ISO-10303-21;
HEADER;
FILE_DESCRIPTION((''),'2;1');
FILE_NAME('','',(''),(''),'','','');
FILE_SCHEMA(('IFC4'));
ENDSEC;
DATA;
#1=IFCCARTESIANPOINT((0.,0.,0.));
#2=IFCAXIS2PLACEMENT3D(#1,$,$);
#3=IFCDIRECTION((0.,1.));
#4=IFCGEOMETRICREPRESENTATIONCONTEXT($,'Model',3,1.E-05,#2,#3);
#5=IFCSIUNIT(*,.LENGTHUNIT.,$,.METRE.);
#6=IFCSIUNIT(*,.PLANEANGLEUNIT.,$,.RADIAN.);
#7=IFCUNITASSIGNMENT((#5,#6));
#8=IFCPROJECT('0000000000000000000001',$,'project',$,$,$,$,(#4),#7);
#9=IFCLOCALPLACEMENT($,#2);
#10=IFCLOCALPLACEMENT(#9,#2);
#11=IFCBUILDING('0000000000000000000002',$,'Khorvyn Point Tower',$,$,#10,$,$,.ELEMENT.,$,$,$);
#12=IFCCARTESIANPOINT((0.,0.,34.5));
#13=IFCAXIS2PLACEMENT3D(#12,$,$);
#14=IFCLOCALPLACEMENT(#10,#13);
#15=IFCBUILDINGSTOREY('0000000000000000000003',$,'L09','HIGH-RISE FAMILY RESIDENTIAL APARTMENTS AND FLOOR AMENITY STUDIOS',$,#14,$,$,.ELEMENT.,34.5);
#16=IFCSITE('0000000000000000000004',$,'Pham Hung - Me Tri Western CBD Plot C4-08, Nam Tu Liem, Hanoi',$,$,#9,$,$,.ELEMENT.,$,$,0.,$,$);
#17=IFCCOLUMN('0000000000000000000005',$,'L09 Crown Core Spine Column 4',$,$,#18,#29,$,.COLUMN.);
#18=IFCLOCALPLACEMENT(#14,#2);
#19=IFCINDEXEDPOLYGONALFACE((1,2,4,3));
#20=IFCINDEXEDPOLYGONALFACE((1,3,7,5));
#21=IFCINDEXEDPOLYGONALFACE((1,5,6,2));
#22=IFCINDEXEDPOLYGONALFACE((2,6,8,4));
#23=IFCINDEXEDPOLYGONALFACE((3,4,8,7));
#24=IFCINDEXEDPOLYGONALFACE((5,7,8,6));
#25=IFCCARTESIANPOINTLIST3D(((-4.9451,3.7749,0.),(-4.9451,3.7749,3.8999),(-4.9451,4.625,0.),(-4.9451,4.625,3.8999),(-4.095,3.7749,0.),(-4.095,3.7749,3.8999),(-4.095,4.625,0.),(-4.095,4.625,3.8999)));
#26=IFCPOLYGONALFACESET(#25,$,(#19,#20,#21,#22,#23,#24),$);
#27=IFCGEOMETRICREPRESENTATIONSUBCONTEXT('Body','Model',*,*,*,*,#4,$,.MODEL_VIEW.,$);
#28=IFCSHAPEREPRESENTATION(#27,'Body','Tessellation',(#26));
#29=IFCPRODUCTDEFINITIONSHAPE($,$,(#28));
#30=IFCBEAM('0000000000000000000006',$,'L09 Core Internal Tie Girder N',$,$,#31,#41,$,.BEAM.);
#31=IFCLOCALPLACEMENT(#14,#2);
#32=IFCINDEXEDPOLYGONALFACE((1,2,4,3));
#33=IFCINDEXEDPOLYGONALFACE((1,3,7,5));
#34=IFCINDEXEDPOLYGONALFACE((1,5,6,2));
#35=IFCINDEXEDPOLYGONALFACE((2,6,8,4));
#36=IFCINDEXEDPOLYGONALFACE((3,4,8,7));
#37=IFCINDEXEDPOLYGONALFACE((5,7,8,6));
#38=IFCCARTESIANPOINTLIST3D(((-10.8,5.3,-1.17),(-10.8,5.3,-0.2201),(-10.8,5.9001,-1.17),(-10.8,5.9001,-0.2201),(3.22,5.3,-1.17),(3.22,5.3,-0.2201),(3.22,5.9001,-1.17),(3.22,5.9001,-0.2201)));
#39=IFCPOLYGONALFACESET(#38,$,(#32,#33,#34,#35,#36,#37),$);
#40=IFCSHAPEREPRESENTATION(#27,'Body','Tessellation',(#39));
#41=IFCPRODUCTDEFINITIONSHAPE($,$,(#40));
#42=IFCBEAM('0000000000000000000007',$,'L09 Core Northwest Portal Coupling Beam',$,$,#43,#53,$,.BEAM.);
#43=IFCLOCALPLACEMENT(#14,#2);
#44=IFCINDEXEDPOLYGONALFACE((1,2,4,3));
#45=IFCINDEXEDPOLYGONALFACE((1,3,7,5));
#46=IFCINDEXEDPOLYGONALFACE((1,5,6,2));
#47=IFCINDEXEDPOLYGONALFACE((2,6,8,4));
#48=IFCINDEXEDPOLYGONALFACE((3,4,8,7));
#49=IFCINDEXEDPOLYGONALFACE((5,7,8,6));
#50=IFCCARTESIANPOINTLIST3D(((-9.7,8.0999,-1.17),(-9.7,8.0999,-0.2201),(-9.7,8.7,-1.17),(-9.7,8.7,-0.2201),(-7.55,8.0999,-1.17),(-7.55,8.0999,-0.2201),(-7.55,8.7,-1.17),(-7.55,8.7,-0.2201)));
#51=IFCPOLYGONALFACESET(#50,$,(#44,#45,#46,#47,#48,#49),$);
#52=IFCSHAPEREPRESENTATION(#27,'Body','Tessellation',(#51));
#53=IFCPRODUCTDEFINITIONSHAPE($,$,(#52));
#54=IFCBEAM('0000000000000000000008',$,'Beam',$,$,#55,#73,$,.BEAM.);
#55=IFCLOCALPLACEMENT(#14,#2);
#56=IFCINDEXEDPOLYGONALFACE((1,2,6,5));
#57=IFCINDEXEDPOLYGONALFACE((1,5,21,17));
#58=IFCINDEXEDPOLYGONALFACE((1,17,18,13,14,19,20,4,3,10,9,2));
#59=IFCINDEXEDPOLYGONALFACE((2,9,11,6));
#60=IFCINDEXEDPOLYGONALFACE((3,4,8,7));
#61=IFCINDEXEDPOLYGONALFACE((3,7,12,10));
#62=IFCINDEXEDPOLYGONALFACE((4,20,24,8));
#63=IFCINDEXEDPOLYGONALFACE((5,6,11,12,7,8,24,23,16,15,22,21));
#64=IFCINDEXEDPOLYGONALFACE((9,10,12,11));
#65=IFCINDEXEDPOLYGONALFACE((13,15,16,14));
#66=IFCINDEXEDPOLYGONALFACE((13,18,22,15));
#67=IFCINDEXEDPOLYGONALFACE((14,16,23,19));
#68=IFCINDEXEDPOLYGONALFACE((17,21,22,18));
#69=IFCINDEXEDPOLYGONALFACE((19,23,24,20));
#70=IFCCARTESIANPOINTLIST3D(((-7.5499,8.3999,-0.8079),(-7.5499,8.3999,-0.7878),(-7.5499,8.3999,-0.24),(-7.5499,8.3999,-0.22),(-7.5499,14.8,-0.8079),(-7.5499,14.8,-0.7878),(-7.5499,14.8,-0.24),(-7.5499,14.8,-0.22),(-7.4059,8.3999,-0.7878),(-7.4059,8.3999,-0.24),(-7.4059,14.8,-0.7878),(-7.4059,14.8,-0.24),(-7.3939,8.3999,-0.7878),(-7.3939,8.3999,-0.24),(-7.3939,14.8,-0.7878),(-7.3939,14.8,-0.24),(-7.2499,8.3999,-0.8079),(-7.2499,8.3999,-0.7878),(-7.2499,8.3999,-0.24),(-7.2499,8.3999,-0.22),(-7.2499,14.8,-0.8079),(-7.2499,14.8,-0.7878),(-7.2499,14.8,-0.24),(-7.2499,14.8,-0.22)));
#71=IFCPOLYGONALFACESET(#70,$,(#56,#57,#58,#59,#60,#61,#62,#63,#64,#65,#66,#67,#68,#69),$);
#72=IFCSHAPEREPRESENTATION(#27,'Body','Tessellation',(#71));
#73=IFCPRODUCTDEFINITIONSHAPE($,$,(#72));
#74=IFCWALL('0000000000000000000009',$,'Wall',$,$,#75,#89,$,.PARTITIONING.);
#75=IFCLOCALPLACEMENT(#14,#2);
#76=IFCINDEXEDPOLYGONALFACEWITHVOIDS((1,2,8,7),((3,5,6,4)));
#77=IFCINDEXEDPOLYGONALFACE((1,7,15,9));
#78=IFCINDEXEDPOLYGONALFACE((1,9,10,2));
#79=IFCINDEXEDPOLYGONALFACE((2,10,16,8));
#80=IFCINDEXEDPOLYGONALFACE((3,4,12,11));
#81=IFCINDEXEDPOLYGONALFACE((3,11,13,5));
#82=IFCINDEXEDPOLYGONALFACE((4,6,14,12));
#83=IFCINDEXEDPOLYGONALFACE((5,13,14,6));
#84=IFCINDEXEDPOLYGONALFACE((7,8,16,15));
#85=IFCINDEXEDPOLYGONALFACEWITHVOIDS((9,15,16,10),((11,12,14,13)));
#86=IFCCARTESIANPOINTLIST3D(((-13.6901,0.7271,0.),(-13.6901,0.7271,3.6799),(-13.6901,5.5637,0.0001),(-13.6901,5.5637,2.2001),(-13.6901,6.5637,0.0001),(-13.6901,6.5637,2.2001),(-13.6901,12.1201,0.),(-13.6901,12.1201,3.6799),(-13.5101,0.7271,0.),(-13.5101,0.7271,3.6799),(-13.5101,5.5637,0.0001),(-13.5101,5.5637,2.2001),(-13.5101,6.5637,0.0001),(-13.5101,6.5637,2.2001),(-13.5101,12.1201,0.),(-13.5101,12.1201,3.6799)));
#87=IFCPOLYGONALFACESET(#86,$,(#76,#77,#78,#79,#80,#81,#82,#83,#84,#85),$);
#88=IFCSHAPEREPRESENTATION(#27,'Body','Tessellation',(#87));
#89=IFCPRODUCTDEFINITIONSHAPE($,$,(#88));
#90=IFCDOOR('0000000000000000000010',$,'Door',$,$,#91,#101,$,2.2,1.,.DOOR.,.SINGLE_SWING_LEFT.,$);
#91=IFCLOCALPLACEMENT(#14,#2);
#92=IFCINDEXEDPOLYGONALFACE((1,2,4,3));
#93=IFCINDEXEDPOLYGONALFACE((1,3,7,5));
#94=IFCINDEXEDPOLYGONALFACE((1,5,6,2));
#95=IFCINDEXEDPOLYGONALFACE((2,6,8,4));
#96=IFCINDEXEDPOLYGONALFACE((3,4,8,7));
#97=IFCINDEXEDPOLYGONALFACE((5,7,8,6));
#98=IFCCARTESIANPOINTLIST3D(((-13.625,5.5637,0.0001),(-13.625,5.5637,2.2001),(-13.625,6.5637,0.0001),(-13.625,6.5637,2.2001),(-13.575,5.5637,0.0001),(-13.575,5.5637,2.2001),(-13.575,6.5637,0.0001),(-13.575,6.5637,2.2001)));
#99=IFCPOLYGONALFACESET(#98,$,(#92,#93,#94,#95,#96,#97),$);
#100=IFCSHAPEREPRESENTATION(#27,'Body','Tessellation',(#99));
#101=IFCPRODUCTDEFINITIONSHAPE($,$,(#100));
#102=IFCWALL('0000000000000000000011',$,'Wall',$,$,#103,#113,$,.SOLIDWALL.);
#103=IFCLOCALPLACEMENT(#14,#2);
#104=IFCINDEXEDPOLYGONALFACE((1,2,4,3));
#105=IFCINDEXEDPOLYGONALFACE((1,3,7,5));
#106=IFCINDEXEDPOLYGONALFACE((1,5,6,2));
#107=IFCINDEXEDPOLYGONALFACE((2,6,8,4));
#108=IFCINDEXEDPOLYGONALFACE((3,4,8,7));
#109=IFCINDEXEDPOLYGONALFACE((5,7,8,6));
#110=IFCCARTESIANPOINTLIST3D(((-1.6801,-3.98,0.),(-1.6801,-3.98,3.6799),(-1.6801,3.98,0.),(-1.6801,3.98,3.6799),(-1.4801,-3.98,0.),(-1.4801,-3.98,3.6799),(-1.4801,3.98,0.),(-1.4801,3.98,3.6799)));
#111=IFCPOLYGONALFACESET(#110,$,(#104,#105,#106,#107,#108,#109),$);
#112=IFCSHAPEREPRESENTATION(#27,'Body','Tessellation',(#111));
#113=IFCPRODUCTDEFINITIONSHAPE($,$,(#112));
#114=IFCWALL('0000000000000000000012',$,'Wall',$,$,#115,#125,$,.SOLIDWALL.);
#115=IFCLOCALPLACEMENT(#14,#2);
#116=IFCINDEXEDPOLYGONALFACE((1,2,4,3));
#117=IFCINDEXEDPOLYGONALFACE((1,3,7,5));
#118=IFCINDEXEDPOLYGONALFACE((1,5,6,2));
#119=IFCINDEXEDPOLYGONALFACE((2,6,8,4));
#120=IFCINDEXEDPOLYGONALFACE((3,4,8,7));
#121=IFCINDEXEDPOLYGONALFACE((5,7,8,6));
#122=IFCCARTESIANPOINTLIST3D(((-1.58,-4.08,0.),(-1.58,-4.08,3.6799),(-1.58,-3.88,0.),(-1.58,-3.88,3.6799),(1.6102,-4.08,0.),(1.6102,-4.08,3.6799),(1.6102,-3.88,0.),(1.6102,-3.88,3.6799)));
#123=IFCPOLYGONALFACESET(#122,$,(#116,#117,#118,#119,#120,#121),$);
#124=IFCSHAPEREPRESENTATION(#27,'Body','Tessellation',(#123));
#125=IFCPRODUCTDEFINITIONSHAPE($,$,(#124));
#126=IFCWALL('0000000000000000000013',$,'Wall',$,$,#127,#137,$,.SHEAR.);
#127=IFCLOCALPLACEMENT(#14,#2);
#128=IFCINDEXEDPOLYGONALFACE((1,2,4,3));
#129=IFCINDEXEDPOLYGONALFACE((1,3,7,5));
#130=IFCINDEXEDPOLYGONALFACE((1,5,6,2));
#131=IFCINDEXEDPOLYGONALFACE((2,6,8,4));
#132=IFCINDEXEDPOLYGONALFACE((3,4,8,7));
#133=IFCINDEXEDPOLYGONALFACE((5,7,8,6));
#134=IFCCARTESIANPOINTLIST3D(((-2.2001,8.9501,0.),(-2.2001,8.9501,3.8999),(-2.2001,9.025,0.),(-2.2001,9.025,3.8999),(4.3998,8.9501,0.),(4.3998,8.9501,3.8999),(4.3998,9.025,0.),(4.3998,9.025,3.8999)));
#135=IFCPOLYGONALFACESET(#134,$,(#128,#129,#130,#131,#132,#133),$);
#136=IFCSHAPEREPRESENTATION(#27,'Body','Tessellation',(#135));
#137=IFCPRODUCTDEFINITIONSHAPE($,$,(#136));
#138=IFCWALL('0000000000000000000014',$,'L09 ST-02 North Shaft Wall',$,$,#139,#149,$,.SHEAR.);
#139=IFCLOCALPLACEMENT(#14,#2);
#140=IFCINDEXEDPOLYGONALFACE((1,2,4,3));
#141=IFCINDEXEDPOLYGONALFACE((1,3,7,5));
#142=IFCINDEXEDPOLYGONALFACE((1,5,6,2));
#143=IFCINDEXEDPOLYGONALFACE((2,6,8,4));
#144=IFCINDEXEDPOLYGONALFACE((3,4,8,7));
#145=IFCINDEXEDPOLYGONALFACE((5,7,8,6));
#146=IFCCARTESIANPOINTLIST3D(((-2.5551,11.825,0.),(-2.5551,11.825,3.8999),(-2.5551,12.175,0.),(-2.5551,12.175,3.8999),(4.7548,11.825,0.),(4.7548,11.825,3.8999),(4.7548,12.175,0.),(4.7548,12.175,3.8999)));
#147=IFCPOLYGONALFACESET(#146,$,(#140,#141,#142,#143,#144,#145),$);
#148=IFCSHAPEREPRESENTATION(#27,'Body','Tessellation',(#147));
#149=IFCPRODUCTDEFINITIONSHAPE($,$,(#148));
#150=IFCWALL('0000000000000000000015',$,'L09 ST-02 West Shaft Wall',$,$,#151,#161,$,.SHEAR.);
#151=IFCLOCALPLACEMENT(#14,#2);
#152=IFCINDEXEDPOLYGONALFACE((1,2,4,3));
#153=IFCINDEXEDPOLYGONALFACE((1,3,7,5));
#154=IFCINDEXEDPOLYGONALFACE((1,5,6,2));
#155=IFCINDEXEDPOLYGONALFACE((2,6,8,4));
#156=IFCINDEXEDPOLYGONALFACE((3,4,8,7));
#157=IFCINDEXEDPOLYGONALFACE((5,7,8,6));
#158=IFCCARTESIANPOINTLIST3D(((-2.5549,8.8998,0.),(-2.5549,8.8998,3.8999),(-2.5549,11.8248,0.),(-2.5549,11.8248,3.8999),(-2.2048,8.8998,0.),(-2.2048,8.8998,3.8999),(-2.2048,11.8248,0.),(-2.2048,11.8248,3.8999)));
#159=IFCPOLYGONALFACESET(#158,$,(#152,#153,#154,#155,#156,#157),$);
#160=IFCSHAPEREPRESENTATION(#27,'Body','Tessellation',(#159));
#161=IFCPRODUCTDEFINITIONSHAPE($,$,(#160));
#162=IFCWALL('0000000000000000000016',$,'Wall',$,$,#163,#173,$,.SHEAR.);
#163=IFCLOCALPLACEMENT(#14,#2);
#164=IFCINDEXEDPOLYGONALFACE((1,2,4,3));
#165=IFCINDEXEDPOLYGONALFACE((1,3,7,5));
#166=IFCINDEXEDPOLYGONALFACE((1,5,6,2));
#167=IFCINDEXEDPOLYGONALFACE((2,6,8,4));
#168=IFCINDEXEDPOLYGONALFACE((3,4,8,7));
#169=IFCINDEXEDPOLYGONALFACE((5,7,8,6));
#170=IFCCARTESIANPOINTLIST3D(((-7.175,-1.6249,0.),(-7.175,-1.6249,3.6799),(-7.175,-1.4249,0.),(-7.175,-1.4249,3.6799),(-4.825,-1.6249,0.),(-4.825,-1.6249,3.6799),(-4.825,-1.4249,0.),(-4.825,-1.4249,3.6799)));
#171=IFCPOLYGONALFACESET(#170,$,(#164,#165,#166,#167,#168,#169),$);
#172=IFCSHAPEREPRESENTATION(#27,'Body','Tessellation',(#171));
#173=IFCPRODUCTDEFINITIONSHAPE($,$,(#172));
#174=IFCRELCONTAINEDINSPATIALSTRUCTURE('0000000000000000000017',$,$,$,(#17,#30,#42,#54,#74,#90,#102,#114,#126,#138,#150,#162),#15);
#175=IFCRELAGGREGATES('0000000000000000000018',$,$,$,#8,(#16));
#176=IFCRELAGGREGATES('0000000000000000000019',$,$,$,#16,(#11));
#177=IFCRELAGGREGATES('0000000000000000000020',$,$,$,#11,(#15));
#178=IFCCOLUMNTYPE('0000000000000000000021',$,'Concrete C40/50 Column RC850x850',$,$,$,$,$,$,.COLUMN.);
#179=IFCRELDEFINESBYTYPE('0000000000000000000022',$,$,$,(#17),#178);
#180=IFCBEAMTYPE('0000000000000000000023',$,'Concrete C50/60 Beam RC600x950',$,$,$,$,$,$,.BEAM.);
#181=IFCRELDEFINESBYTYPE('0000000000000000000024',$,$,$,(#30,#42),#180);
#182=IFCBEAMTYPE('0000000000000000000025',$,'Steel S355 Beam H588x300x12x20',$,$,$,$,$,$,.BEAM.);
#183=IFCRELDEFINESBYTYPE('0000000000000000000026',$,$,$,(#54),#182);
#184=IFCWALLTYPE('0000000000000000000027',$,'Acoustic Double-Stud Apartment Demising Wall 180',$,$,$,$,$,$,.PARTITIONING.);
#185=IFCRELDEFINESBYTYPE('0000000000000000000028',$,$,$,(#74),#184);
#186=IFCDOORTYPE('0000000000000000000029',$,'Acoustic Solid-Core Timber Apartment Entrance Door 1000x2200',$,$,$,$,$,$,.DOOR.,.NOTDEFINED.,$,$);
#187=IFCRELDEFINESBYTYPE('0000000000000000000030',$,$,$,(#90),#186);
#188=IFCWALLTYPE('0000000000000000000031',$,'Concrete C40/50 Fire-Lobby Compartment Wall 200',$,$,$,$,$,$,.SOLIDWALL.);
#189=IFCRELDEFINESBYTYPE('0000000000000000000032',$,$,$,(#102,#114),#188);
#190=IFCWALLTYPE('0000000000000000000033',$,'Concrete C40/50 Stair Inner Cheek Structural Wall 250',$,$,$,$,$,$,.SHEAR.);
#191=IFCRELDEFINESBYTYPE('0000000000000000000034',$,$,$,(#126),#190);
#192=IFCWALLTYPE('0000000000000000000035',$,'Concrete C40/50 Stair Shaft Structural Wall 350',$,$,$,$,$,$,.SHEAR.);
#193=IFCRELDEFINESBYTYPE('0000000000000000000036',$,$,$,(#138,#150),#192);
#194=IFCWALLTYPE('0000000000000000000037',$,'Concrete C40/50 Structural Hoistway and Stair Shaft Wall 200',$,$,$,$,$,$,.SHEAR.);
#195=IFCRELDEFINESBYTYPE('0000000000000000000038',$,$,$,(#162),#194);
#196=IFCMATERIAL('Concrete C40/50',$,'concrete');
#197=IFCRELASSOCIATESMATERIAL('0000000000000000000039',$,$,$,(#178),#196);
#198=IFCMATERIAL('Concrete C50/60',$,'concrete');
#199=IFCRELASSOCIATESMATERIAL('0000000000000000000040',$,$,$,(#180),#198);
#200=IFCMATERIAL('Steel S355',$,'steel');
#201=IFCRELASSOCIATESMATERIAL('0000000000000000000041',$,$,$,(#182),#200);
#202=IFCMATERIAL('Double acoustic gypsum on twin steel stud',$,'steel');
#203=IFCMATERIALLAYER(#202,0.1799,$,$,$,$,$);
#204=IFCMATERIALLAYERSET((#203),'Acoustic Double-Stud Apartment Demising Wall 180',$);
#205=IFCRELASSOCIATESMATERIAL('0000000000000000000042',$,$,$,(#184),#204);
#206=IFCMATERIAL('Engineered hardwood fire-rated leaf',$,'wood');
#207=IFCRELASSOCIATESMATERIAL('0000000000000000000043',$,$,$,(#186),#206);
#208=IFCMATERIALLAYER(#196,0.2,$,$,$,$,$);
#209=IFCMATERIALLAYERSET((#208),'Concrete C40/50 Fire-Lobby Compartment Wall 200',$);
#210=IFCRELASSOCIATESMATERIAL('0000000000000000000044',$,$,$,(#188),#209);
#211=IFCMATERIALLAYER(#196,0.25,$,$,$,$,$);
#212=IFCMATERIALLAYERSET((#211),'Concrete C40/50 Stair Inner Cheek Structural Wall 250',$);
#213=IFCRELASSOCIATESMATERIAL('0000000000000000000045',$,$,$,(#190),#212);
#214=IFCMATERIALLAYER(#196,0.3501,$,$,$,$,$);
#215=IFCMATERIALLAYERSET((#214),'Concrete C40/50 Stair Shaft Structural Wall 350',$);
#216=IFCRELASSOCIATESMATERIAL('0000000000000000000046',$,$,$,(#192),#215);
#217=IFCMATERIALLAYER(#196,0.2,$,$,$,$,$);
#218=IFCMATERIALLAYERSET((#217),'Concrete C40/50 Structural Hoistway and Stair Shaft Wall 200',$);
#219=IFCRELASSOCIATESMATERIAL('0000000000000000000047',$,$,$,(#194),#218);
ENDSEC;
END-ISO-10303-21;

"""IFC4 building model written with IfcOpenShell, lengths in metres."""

from ifc_helpers import new_model, si_unit, direction, frame, frame_2d, origin, origin_2d, place, context, subcontext, project, spatial, rectangle, i_section, extrude, material, layer, layer_set, material_profile, profile_set, type_object, element, fill, save


model = new_model("IFC4")

# Units and contexts
model_context = context("Model", 3, precision=1e-05, world=origin(), true_north=direction((0.0, 1.0)))
body_context = subcontext(model_context, "Body", "Model", "MODEL_VIEW")
ifc_project = project(units=[si_unit("LENGTHUNIT", "METRE"), si_unit("PLANEANGLEUNIT", "RADIAN")], contexts=[model_context])

# Site, building, storey
site_placement = place(None, origin())
site = spatial("IfcSite", under=ifc_project, at=site_placement, Name="Pham Hung - Me Tri Western CBD Plot C4-08, Nam Tu Liem, Hanoi", CompositionType="ELEMENT", RefElevation=0.0)
building_placement = place(site_placement, origin())
building = spatial("IfcBuilding", under=site, at=building_placement, Name="Khorvyn Point Tower", CompositionType="ELEMENT")
storey_placement = place(building_placement, frame((0.0, 0.0, 34.5)))
storey = spatial("IfcBuildingStorey", under=building, at=storey_placement, Name="L09", Description="HIGH-RISE FAMILY RESIDENTIAL APARTMENTS AND FLOOR AMENITY STUDIOS", CompositionType="ELEMENT", Elevation=34.5)

# Column
ifc_material_1 = material(Name="Concrete C40/50", Category="concrete")
ifc_material_profile_1 = material_profile(ifc_material_1, rectangle(XDim=0.8501, YDim=0.8501, at=origin_2d()))
ifc_profile_set_1 = profile_set([ifc_material_profile_1], Name="Concrete C40/50 RC850x850")
column_type = type_object("IfcColumnType", Name="Concrete C40/50 Column RC850x850", PredefinedType="COLUMN", material=ifc_profile_set_1)
column_placement = place(storey_placement, frame((-4.52, 4.2, 0.0), z_axis=(0.0, 0.0, 1.0), x_axis=(1.0, 0.0, 0.0)))
element("IfcColumn", 1, at=column_placement, inside=storey, type_object=column_type, Name="L09 Crown Core Spine Column 4", PredefinedType="COLUMN", context=body_context, shape_type="SweptSolid", body=[
    extrude(rectangle(XDim=0.8501, YDim=0.8501, at=origin_2d()), origin(), (0.0, 0.0, 1.0), 3.8999),
])

# Beams
ifc_material_2 = material(Name="Concrete C50/60", Category="concrete")
ifc_material_profile_2 = material_profile(ifc_material_2, rectangle(XDim=0.6001, YDim=0.95, at=origin_2d()))
ifc_profile_set_2 = profile_set([ifc_material_profile_2], Name="Concrete C50/60 RC600x950")
beam_type_1 = type_object("IfcBeamType", Name="Concrete C50/60 Beam RC600x950", PredefinedType="BEAM", material=ifc_profile_set_2)
beam_1_placement = place(storey_placement, frame((-10.8, 5.6001, -0.6951), z_axis=(1.0, 0.0, 0.0), x_axis=(0.0, 1.0, 0.0)))
element("IfcBeam", 2, at=beam_1_placement, inside=storey, type_object=beam_type_1, Name="L09 Core Internal Tie Girder N", PredefinedType="BEAM", context=body_context, shape_type="SweptSolid", body=[
    extrude(rectangle(XDim=0.6001, YDim=0.95, at=origin_2d()), origin(), (0.0, 0.0, 1.0), 14.02),
])
beam_2_placement = place(storey_placement, frame((-9.7, 8.3999, -0.6951), z_axis=(1.0, 0.0, 0.0), x_axis=(0.0, 1.0, 0.0)))
element("IfcBeam", 3, at=beam_2_placement, inside=storey, type_object=beam_type_1, Name="L09 Core Northwest Portal Coupling Beam", PredefinedType="BEAM", context=body_context, shape_type="SweptSolid", body=[
    extrude(rectangle(XDim=0.6001, YDim=0.95, at=origin_2d()), origin(), (0.0, 0.0, 1.0), 2.1499),
])
ifc_material_3 = material(Name="Steel S355", Category="steel")
ifc_material_profile_3 = material_profile(ifc_material_3, i_section(OverallWidth=0.3, OverallDepth=0.5879, WebThickness=0.012, FlangeThickness=0.02, at=origin_2d()))
ifc_profile_set_3 = profile_set([ifc_material_profile_3], Name="Steel S355 H588x300x12x20")
beam_type_2 = type_object("IfcBeamType", Name="Steel S355 Beam H588x300x12x20", PredefinedType="BEAM", material=ifc_profile_set_3)
beam_3_placement = place(storey_placement, frame((-7.3999, 8.3999, -0.5139), z_axis=(0.0, 1.0, 0.0), x_axis=(-1.0, 0.0, 0.0)))
element("IfcBeam", 4, at=beam_3_placement, inside=storey, type_object=beam_type_2, Name="Beam", PredefinedType="BEAM", context=body_context, shape_type="SweptSolid", body=[
    extrude(i_section(OverallWidth=0.3, OverallDepth=0.5879, WebThickness=0.012, FlangeThickness=0.02, at=origin_2d()), origin(), (0.0, 0.0, 1.0), 6.4001),
])

# Wall, opening, door
ifc_material_4 = material(Name="Double acoustic gypsum on twin steel stud", Category="steel")
ifc_layer_1 = layer(ifc_material_4, 0.1799)
ifc_layer_set_1 = layer_set([ifc_layer_1], Name="Acoustic Double-Stud Apartment Demising Wall 180")
wall_type_1 = type_object("IfcWallType", Name="Acoustic Double-Stud Apartment Demising Wall 180", PredefinedType="PARTITIONING", material=ifc_layer_set_1)
wall_1_placement = place(storey_placement, frame((-13.6001, 0.7271, 0.0), z_axis=(0.0, 0.0, 1.0), x_axis=(0.0, 1.0, 0.0)))
wall_1 = element("IfcWall", 5, at=wall_1_placement, inside=storey, type_object=wall_type_1, Name="Wall", PredefinedType="PARTITIONING", context=body_context, shape_type="SweptSolid", body=[
    extrude(rectangle(XDim=11.3931, YDim=0.1799, at=frame_2d((5.6965, 0.0))), origin(), (0.0, 0.0, 1.0), 3.6799),
])
opening_1_placement = place(wall_1_placement, frame((4.8367, 0.0, 0.0)))
opening_1 = element("IfcOpeningElement", 6, at=opening_1_placement, cuts=wall_1, PredefinedType="OPENING", context=body_context, shape_type="SweptSolid", body=[
    extrude(rectangle(XDim=1.0, YDim=2.2, at=frame_2d((0.5, 1.1001))), frame((0.0, 0.0999, 0.0), z_axis=(0.0, -1.0, 0.0), x_axis=(1.0, 0.0, 0.0)), (0.0, 0.0, 1.0), 0.2),
])
ifc_material_5 = material(Name="Engineered hardwood fire-rated leaf", Category="wood")
door_type_1 = type_object("IfcDoorType", Name="Acoustic Solid-Core Timber Apartment Entrance Door 1000x2200", OperationType="NOTDEFINED", PredefinedType="DOOR", material=ifc_material_5)
door_1_placement = place(opening_1_placement, origin())
door_1 = element("IfcDoor", 7, at=door_1_placement, inside=storey, type_object=door_type_1, Name="Door", OperationType="SINGLE_SWING_LEFT", OverallHeight=2.2, OverallWidth=1.0, PredefinedType="DOOR", context=body_context, shape_type="SweptSolid", body=[
    extrude(rectangle(XDim=1.0, YDim=2.2, at=frame_2d((0.5, 1.1001))), frame((0.0, 0.0249, 0.0), z_axis=(0.0, -1.0, 0.0), x_axis=(1.0, 0.0, 0.0)), (0.0, 0.0, 1.0), 0.05),
])
fill(opening_1, door_1)
ifc_layer_2 = layer(ifc_material_1, 0.2)
ifc_layer_set_2 = layer_set([ifc_layer_2], Name="Concrete C40/50 Fire-Lobby Compartment Wall 200")
wall_type_2 = type_object("IfcWallType", Name="Concrete C40/50 Fire-Lobby Compartment Wall 200", PredefinedType="SOLIDWALL", material=ifc_layer_set_2)

# Walls
wall_2_placement = place(storey_placement, frame((-1.5801, -3.98, 0.0), z_axis=(0.0, 0.0, 1.0), x_axis=(0.0, 1.0, 0.0)))
element("IfcWall", 8, at=wall_2_placement, inside=storey, type_object=wall_type_2, Name="Wall", PredefinedType="SOLIDWALL", context=body_context, shape_type="SweptSolid", body=[
    extrude(rectangle(XDim=7.96, YDim=0.2, at=frame_2d((3.98, 0.0))), origin(), (0.0, 0.0, 1.0), 3.6799),
])
wall_3_placement = place(storey_placement, frame((-1.5801, -3.98, 0.0), z_axis=(0.0, 0.0, 1.0), x_axis=(1.0, 0.0, 0.0)))
element("IfcWall", 9, at=wall_3_placement, inside=storey, type_object=wall_type_2, Name="Wall", PredefinedType="SOLIDWALL", context=body_context, shape_type="SweptSolid", body=[
    extrude(rectangle(XDim=3.1902, YDim=0.2, at=frame_2d((1.5952, 0.0))), origin(), (0.0, 0.0, 1.0), 3.6799),
])
ifc_layer_3 = layer(ifc_material_1, 0.25)
ifc_layer_set_3 = layer_set([ifc_layer_3], Name="Concrete C40/50 Stair Inner Cheek Structural Wall 250")
wall_type_3 = type_object("IfcWallType", Name="Concrete C40/50 Stair Inner Cheek Structural Wall 250", PredefinedType="SHEAR", material=ifc_layer_set_3)
wall_4_placement = place(storey_placement, frame((-2.2, 8.9875, 0.0), z_axis=(0.0, 0.0, 1.0), x_axis=(1.0, 0.0, 0.0)))
element("IfcWall", 10, at=wall_4_placement, inside=storey, type_object=wall_type_3, Name="Wall", PredefinedType="SHEAR", context=body_context, shape_type="SweptSolid", body=[
    extrude(rectangle(XDim=6.5999, YDim=0.075, at=frame_2d((3.2998, 0.0))), origin(), (0.0, 0.0, 1.0), 3.8999),
])
ifc_layer_4 = layer(ifc_material_1, 0.3501)
ifc_layer_set_4 = layer_set([ifc_layer_4], Name="Concrete C40/50 Stair Shaft Structural Wall 350")
wall_type_4 = type_object("IfcWallType", Name="Concrete C40/50 Stair Shaft Structural Wall 350", PredefinedType="SHEAR", material=ifc_layer_set_4)
wall_5_placement = place(storey_placement, frame((-2.5549, 12.0, 0.0), z_axis=(0.0, 0.0, 1.0), x_axis=(1.0, 0.0, 0.0)))
element("IfcWall", 11, at=wall_5_placement, inside=storey, type_object=wall_type_4, Name="L09 ST-02 North Shaft Wall", PredefinedType="SHEAR", context=body_context, shape_type="SweptSolid", body=[
    extrude(rectangle(XDim=7.3098, YDim=0.3501, at=frame_2d((3.6548, 0.0))), origin(), (0.0, 0.0, 1.0), 3.8999),
])
wall_6_placement = place(storey_placement, frame((-2.3799, 8.8999, 0.0), z_axis=(0.0, 0.0, 1.0), x_axis=(0.0, 1.0, 0.0)))
element("IfcWall", 12, at=wall_6_placement, inside=storey, type_object=wall_type_4, Name="L09 ST-02 West Shaft Wall", PredefinedType="SHEAR", context=body_context, shape_type="SweptSolid", body=[
    extrude(rectangle(XDim=2.925, YDim=0.3501, at=frame_2d((1.4624, 0.0))), origin(), (0.0, 0.0, 1.0), 3.8999),
])
ifc_layer_5 = layer(ifc_material_1, 0.2)
ifc_layer_set_5 = layer_set([ifc_layer_5], Name="Concrete C40/50 Structural Hoistway and Stair Shaft Wall 200")
wall_type_5 = type_object("IfcWallType", Name="Concrete C40/50 Structural Hoistway and Stair Shaft Wall 200", PredefinedType="SHEAR", material=ifc_layer_set_5)
wall_7_placement = place(storey_placement, frame((-7.175, -1.5249, 0.0), z_axis=(0.0, 0.0, 1.0), x_axis=(1.0, 0.0, 0.0)))
element("IfcWall", 13, at=wall_7_placement, inside=storey, type_object=wall_type_5, Name="Wall", PredefinedType="SHEAR", context=body_context, shape_type="SweptSolid", body=[
    extrude(rectangle(XDim=2.3501, YDim=0.2, at=frame_2d((1.175, 0.0))), origin(), (0.0, 0.0, 1.0), 3.6799),
])

save(model, "model.ifc")
